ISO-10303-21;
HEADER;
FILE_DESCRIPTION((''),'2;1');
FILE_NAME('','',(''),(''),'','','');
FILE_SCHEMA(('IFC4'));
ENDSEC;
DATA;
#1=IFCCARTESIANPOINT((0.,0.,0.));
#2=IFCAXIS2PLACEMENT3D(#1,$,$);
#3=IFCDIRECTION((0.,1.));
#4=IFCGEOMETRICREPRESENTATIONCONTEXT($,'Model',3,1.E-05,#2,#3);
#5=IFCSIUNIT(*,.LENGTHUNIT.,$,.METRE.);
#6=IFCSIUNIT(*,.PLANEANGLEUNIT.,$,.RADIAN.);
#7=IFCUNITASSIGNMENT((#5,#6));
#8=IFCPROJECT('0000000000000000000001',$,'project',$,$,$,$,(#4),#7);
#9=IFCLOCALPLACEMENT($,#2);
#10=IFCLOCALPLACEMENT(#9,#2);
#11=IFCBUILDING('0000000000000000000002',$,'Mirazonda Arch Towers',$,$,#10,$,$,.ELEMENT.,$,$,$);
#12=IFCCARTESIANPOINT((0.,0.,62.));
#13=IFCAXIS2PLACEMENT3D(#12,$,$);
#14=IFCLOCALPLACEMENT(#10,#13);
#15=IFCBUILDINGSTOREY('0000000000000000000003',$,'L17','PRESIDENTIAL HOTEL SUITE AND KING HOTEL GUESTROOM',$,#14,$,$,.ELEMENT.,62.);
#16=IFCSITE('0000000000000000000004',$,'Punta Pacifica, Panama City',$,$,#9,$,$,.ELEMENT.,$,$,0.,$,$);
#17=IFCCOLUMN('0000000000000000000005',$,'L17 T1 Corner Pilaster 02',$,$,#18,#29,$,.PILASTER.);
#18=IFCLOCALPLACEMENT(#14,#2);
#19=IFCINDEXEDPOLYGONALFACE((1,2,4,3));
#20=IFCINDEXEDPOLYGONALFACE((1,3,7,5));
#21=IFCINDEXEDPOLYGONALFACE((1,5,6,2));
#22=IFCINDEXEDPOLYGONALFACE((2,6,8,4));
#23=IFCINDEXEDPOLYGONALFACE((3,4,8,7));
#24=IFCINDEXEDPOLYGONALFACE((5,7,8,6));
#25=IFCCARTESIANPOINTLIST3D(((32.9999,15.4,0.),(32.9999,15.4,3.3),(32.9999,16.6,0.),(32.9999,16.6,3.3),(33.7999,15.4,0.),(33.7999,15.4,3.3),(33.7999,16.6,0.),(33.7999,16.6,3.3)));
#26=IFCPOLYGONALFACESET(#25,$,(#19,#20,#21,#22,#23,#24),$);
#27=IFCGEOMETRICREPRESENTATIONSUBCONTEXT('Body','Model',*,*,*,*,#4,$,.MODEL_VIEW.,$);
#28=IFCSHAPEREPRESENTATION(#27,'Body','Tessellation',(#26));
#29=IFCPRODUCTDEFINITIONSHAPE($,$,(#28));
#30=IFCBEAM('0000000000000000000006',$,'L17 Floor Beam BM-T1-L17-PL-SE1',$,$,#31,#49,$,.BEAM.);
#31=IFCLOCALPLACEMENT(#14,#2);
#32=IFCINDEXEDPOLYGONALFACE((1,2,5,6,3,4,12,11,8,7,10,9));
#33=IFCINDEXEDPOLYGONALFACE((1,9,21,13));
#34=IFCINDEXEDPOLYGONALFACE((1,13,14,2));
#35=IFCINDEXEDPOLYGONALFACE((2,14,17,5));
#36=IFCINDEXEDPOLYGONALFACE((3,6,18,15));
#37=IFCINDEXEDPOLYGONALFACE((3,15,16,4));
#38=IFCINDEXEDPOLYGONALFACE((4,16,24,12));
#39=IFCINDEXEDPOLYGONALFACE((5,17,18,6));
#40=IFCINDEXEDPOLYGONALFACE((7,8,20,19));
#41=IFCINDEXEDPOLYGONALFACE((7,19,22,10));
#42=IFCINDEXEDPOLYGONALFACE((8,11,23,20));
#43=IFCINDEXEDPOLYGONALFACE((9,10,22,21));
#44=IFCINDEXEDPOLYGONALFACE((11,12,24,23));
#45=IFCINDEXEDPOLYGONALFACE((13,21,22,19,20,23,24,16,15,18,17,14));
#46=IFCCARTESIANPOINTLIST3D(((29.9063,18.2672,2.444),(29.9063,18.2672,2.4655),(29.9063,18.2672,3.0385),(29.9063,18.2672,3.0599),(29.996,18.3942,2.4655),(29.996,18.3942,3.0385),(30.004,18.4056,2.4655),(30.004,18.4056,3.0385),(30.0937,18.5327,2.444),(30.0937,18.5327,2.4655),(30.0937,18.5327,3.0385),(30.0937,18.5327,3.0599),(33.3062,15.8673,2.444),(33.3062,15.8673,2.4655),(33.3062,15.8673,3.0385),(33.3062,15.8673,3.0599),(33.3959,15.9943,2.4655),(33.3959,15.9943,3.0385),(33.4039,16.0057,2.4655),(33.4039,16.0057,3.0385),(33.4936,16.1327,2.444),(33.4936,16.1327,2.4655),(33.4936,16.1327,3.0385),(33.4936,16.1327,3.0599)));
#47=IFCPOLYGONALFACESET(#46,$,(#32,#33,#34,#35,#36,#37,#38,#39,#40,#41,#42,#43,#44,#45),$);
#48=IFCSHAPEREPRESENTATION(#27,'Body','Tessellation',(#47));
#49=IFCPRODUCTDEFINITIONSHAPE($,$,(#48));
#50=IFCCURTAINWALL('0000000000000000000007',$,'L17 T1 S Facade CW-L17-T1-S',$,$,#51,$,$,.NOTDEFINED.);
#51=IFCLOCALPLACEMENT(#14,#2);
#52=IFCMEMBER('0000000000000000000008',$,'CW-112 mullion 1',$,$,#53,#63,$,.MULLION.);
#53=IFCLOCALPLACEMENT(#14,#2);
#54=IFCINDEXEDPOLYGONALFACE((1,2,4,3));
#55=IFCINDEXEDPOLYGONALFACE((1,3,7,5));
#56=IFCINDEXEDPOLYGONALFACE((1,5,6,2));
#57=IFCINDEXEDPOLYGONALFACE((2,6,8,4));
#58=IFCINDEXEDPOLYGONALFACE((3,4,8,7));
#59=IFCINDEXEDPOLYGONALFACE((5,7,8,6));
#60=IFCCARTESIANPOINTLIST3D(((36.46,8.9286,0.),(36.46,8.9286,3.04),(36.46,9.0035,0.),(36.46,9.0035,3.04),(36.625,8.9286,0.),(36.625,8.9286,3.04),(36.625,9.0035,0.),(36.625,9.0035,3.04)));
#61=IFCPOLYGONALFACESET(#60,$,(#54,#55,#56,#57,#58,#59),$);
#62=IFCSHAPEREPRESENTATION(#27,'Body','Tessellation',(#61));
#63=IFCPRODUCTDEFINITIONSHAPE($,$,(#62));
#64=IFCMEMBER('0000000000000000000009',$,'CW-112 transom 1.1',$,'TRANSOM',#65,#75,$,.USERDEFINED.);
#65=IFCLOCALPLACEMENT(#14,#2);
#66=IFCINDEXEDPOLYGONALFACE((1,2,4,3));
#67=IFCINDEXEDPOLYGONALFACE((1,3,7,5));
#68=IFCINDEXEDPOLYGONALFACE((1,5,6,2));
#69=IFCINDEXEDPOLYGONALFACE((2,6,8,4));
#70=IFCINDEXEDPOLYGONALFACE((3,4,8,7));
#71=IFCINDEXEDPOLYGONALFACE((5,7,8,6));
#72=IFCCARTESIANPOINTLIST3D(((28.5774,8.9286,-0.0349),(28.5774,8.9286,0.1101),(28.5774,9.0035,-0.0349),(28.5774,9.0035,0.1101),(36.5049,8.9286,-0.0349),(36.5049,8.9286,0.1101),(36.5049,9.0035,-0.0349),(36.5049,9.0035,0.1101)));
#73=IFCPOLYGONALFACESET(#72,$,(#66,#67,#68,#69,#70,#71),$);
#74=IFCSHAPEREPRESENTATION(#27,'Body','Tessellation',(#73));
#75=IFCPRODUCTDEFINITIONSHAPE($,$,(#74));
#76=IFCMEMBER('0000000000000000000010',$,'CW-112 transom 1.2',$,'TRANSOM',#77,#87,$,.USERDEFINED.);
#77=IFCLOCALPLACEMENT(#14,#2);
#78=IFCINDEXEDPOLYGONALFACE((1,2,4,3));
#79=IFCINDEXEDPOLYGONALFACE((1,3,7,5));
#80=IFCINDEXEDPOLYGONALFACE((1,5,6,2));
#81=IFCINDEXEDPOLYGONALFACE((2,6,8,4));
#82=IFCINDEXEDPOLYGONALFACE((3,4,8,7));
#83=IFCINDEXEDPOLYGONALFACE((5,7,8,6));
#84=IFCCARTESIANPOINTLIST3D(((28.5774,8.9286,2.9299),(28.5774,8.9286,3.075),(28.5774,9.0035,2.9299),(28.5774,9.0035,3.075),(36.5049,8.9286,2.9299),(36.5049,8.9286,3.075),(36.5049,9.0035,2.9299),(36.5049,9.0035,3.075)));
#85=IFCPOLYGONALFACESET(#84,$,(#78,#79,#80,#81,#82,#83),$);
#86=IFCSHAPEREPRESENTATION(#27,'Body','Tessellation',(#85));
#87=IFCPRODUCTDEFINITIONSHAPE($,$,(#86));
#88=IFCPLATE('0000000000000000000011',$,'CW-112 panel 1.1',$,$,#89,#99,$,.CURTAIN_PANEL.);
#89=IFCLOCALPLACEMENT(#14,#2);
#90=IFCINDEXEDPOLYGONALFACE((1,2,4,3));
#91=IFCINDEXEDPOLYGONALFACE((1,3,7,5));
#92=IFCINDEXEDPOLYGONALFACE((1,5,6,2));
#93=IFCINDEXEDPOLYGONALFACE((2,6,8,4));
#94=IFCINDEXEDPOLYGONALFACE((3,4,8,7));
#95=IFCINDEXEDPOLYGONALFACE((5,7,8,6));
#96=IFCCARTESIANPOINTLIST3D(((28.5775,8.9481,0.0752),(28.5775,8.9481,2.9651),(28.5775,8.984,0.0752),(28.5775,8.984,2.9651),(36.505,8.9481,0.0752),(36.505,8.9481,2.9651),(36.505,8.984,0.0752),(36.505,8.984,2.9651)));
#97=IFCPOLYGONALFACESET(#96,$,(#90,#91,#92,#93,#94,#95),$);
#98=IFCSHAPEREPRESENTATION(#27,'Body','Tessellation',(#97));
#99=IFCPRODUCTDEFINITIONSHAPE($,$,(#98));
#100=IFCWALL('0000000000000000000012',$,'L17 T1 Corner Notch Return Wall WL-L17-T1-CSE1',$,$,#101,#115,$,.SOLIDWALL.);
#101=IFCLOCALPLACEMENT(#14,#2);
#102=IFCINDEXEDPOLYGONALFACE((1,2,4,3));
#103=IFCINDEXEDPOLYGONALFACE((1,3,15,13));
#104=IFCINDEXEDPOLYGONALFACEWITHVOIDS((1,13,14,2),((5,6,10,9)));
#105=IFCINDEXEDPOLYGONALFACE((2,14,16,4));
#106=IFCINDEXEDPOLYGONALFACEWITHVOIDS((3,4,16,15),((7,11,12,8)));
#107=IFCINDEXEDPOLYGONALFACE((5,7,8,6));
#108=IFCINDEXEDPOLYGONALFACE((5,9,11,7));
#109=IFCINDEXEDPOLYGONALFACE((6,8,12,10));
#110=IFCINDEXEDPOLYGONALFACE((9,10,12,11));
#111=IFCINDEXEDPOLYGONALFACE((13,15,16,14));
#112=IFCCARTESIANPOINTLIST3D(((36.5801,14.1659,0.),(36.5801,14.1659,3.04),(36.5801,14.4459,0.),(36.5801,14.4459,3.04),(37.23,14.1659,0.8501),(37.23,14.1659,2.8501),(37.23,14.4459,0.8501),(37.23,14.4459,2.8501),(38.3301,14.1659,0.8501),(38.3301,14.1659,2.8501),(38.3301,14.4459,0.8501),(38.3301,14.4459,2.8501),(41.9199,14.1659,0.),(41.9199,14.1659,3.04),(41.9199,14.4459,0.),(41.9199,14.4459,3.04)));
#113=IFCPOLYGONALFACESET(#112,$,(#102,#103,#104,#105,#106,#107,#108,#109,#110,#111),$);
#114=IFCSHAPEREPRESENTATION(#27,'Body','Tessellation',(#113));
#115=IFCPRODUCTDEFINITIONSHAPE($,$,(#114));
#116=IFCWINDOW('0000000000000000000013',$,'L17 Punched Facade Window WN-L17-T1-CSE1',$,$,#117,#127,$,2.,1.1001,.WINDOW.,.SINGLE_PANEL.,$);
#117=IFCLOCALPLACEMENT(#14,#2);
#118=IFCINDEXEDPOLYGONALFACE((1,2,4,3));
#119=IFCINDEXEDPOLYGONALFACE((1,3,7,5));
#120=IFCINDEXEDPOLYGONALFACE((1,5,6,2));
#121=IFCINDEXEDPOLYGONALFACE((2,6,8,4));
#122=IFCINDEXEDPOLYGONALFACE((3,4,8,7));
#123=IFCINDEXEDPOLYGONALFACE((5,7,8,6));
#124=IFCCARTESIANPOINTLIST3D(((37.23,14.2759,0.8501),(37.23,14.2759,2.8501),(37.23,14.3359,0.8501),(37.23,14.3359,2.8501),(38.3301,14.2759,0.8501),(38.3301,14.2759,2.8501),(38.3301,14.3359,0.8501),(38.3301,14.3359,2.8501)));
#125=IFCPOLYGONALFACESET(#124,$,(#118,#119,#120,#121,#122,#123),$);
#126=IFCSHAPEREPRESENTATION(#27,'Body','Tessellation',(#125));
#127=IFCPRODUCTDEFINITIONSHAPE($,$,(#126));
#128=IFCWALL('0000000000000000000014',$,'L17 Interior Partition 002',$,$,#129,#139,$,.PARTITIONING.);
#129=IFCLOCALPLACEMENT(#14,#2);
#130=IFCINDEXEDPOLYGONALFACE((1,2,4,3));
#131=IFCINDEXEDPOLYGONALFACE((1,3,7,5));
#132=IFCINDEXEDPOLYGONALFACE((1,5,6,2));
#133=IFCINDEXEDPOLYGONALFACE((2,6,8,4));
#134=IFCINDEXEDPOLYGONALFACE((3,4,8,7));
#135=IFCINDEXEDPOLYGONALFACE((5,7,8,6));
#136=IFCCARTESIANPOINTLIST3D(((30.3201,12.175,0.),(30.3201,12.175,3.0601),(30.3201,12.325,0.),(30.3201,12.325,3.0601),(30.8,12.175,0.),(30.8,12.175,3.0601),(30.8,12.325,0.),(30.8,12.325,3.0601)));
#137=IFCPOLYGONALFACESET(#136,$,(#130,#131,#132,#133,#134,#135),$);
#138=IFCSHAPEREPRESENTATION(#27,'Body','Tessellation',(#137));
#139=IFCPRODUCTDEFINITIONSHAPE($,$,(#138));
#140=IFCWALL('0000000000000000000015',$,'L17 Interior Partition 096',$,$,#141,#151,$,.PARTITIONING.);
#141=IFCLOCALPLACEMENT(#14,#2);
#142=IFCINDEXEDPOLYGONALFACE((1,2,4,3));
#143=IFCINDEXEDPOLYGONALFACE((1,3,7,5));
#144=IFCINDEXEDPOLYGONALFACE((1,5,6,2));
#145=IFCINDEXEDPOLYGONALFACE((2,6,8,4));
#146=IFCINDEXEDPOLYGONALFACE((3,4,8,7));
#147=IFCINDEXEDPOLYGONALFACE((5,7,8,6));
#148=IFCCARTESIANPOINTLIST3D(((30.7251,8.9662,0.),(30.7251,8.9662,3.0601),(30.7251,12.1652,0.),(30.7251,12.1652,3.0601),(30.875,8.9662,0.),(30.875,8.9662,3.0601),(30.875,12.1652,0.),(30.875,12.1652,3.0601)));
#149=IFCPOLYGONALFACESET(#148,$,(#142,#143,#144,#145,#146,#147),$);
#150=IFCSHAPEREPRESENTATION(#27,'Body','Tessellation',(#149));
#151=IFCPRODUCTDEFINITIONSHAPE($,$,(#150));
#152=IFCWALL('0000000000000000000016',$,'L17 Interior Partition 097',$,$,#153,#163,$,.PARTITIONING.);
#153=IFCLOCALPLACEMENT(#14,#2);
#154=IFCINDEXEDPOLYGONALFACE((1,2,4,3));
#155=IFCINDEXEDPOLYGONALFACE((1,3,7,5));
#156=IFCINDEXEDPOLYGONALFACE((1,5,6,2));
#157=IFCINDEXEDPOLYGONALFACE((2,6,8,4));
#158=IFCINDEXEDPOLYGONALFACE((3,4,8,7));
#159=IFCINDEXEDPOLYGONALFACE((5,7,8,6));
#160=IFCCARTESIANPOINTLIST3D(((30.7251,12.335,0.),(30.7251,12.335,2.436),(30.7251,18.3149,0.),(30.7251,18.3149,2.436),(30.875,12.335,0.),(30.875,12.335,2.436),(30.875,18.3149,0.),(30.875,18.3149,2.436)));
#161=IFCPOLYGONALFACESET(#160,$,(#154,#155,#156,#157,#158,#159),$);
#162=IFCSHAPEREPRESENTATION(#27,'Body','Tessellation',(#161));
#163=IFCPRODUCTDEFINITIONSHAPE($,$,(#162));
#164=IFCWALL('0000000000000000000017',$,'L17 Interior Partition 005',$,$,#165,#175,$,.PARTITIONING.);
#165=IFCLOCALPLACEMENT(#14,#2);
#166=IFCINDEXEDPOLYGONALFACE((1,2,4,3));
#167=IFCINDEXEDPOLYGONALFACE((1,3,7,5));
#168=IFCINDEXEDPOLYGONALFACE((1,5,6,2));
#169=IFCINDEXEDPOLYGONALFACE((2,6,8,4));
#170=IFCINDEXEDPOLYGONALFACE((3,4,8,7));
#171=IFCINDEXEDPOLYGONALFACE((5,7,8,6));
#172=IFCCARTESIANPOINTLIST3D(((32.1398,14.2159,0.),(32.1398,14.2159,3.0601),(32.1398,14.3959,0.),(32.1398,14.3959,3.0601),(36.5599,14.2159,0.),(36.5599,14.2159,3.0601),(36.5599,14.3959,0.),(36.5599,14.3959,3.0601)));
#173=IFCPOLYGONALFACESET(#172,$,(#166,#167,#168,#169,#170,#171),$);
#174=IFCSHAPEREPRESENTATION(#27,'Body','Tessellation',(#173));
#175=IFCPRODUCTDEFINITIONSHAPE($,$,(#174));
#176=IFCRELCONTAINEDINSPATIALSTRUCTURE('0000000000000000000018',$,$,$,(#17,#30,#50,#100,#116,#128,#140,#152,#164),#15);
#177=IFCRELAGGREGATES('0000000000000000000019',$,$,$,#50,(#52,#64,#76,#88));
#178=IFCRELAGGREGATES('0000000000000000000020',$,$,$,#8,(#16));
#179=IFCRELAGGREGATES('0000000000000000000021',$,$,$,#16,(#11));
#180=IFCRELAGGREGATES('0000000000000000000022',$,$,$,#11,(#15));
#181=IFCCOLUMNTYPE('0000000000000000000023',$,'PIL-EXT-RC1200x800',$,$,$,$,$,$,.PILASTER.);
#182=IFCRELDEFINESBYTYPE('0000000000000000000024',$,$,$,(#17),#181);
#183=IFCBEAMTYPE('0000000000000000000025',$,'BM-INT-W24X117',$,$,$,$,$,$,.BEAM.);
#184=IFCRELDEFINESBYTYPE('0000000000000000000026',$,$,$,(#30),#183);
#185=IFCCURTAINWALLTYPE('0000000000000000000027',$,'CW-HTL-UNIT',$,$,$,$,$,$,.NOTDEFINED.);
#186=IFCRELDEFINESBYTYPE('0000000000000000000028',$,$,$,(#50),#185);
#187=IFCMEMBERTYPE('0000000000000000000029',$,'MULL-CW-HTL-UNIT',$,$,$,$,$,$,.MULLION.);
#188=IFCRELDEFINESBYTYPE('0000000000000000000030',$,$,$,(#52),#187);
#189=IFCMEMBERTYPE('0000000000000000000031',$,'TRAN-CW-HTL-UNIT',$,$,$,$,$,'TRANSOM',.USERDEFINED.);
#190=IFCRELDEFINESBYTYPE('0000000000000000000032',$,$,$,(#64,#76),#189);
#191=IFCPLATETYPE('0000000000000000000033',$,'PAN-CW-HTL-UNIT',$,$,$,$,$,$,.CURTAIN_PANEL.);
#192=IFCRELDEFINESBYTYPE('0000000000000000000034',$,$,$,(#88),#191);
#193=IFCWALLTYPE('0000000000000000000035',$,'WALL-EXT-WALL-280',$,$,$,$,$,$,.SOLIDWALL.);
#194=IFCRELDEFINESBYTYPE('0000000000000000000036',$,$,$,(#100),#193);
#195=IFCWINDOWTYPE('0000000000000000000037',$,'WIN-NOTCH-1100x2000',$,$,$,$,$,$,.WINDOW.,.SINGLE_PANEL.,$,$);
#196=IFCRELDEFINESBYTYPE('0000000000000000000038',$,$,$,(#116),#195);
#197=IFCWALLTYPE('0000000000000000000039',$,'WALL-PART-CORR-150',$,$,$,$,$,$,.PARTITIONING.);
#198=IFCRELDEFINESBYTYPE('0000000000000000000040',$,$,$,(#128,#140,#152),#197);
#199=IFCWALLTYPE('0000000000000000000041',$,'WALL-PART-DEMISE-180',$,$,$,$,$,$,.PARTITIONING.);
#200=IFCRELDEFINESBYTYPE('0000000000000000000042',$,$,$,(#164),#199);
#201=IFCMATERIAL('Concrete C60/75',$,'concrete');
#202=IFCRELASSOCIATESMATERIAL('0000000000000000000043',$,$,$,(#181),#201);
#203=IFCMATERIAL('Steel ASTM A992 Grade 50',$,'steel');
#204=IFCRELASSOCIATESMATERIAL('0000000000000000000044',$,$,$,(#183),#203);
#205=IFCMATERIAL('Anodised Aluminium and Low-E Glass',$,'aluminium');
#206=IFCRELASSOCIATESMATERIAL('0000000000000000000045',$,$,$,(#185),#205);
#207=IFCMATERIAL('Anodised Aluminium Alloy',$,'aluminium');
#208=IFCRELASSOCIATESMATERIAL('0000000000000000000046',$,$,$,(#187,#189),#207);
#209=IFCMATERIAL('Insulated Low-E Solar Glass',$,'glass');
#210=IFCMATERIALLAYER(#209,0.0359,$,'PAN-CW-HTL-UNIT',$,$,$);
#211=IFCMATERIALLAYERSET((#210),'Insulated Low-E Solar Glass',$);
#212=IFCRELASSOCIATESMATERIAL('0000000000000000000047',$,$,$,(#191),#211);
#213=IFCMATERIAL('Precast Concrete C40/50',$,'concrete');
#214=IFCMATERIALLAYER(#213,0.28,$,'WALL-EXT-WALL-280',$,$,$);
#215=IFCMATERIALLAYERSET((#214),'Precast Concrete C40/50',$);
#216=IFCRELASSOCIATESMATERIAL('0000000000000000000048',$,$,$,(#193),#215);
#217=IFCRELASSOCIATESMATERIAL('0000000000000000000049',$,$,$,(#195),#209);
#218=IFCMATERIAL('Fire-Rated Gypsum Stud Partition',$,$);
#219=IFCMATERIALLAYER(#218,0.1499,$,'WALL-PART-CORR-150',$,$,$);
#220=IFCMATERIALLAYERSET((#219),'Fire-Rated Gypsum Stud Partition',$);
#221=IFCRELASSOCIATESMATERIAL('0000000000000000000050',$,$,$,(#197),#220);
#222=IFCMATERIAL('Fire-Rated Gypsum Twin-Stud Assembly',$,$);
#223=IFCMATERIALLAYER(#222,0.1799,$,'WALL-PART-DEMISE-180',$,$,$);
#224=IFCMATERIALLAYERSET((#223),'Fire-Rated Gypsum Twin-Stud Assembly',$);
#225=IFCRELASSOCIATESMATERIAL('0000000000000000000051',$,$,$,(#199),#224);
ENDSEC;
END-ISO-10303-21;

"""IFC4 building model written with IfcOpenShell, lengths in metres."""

from ifc_helpers import new_model, si_unit, direction, frame, frame_2d, origin, origin_2d, place, context, subcontext, project, spatial, rectangle, i_section, extrude, material, layer, layer_set, material_profile, profile_set, type_object, element, fill, aggregate, save


model = new_model("IFC4")

# Units and contexts
model_context = context("Model", 3, precision=1e-05, world=origin(), true_north=direction((0.0, 1.0)))
body_context = subcontext(model_context, "Body", "Model", "MODEL_VIEW")
ifc_project = project(units=[si_unit("LENGTHUNIT", "METRE"), si_unit("PLANEANGLEUNIT", "RADIAN")], contexts=[model_context])

# Site, building, storey
site_placement = place(None, origin())
site = spatial("IfcSite", under=ifc_project, at=site_placement, Name="Punta Pacifica, Panama City", CompositionType="ELEMENT", RefElevation=0.0)
building_placement = place(site_placement, origin())
building = spatial("IfcBuilding", under=site, at=building_placement, Name="Mirazonda Arch Towers", CompositionType="ELEMENT")
storey_placement = place(building_placement, frame((0.0, 0.0, 62.0)))
storey = spatial("IfcBuildingStorey", under=building, at=storey_placement, Name="L17", Description="PRESIDENTIAL HOTEL SUITE AND KING HOTEL GUESTROOM", CompositionType="ELEMENT", Elevation=62.0)

# Column
ifc_material_1 = material(Name="Concrete C60/75", Category="concrete")
ifc_material_profile_1 = material_profile(ifc_material_1, rectangle(XDim=0.8, YDim=1.2, at=origin_2d()), Name="RC1200x800")
ifc_profile_set_1 = profile_set([ifc_material_profile_1], Name="Concrete C60/75")
column_type = type_object("IfcColumnType", Name="PIL-EXT-RC1200x800", PredefinedType="PILASTER", material=ifc_profile_set_1)
column_placement = place(storey_placement, frame((33.3999, 16.0, 0.0), z_axis=(0.0, 0.0, 1.0), x_axis=(1.0, 0.0, 0.0)))
element("IfcColumn", 1, at=column_placement, inside=storey, type_object=column_type, Name="L17 T1 Corner Pilaster 02", PredefinedType="PILASTER", context=body_context, shape_type="SweptSolid", body=[
    extrude(rectangle(XDim=0.8, YDim=1.2, at=origin_2d()), origin(), (0.0, 0.0, 1.0), 3.3),
])

# Beam
ifc_material_2 = material(Name="Steel ASTM A992 Grade 50", Category="steel")
ifc_material_profile_2 = material_profile(ifc_material_2, i_section(OverallWidth=0.325, OverallDepth=0.616, WebThickness=0.0139, FlangeThickness=0.0215, at=origin_2d()), Name="W24X117")
ifc_profile_set_2 = profile_set([ifc_material_profile_2], Name="Steel ASTM A992 Grade 50")
beam_type = type_object("IfcBeamType", Name="BM-INT-W24X117", PredefinedType="BEAM", material=ifc_profile_set_2)
beam_placement = place(storey_placement, frame((33.3999, 16.0, 2.752), z_axis=(-0.816971, 0.576679, 0.0), x_axis=(-0.576679, -0.816971, 0.0)))
element("IfcBeam", 2, at=beam_placement, inside=storey, type_object=beam_type, Name="L17 Floor Beam BM-T1-L17-PL-SE1", PredefinedType="BEAM", context=body_context, shape_type="SweptSolid", body=[
    extrude(i_section(OverallWidth=0.325, OverallDepth=0.616, WebThickness=0.0139, FlangeThickness=0.0215, at=origin_2d()), origin(), (0.0, 0.0, 1.0), 4.1616),
])

# Curtain wall, members, plate
ifc_material_3 = material(Name="Anodised Aluminium and Low-E Glass", Category="aluminium")
curtain_wall_type = type_object("IfcCurtainWallType", Name="CW-HTL-UNIT", PredefinedType="NOTDEFINED", material=ifc_material_3)
curtain_wall_placement = place(storey_placement, origin())
curtain_wall = element("IfcCurtainWall", 3, at=curtain_wall_placement, inside=storey, type_object=curtain_wall_type, Name="L17 T1 S Facade CW-L17-T1-S", PredefinedType="NOTDEFINED")
ifc_material_4 = material(Name="Anodised Aluminium Alloy", Category="aluminium")
ifc_material_profile_3 = material_profile(ifc_material_4, rectangle(XDim=0.075, YDim=0.165, at=origin_2d()), Name="ALU-MULL-75x165")
ifc_profile_set_3 = profile_set([ifc_material_profile_3], Name="Anodised Aluminium Alloy")
member_type_1 = type_object("IfcMemberType", Name="MULL-CW-HTL-UNIT", PredefinedType="MULLION", material=ifc_profile_set_3)
member_1_placement = place(storey_placement, frame((36.5425, 8.9661, 0.0), z_axis=(0.0, 0.0, 1.0), x_axis=(0.0, -1.0, 0.0)))
member_1 = element("IfcMember", 4, at=member_1_placement, type_object=member_type_1, Name="CW-112 mullion 1", PredefinedType="MULLION", context=body_context, shape_type="SweptSolid", body=[
    extrude(rectangle(XDim=0.075, YDim=0.165, at=origin_2d()), origin(), (0.0, 0.0, 1.0), 3.04),
])
ifc_material_profile_4 = material_profile(ifc_material_4, rectangle(XDim=0.075, YDim=0.145, at=origin_2d()), Name="ALU-TRAN-75x145")
ifc_profile_set_4 = profile_set([ifc_material_profile_4], Name="Anodised Aluminium Alloy")
member_type_2 = type_object("IfcMemberType", Name="TRAN-CW-HTL-UNIT", ElementType="TRANSOM", PredefinedType="USERDEFINED", material=ifc_profile_set_4)
member_2_placement = place(storey_placement, frame((36.5049, 8.9661, 0.0376), z_axis=(-1.0, 0.0, 0.0), x_axis=(0.0, -1.0, 0.0)))
member_2 = element("IfcMember", 5, at=member_2_placement, type_object=member_type_2, Name="CW-112 transom 1.1", ObjectType="TRANSOM", PredefinedType="USERDEFINED", context=body_context, shape_type="SweptSolid", body=[
    extrude(rectangle(XDim=0.075, YDim=0.145, at=origin_2d()), origin(), (0.0, 0.0, 1.0), 7.9275),
])
member_3_placement = place(storey_placement, frame((36.5049, 8.9661, 3.0024), z_axis=(-1.0, 0.0, 0.0), x_axis=(0.0, -1.0, 0.0)))
member_3 = element("IfcMember", 6, at=member_3_placement, type_object=member_type_2, Name="CW-112 transom 1.2", ObjectType="TRANSOM", PredefinedType="USERDEFINED", context=body_context, shape_type="SweptSolid", body=[
    extrude(rectangle(XDim=0.075, YDim=0.145, at=origin_2d()), origin(), (0.0, 0.0, 1.0), 7.9275),
])
ifc_material_5 = material(Name="Insulated Low-E Solar Glass", Category="glass")
ifc_layer_1 = layer(ifc_material_5, 0.0359, Name="PAN-CW-HTL-UNIT")
ifc_layer_set_1 = layer_set([ifc_layer_1], Name="Insulated Low-E Solar Glass")
plate_type = type_object("IfcPlateType", Name="PAN-CW-HTL-UNIT", PredefinedType="CURTAIN_PANEL", material=ifc_layer_set_1)
plate_placement = place(storey_placement, frame((32.5413, 8.9661, 0.0752), z_axis=(0.0, 0.0, 1.0), x_axis=(-1.0, 0.0, 0.0)))
plate = element("IfcPlate", 7, at=plate_placement, type_object=plate_type, Name="CW-112 panel 1.1", PredefinedType="CURTAIN_PANEL", context=body_context, shape_type="SweptSolid", body=[
    extrude(rectangle(XDim=7.9275, YDim=0.0359, at=origin_2d()), origin(), (0.0, 0.0, 1.0), 2.8899),
])
aggregate(curtain_wall, [member_1, member_2, member_3, plate])

# Wall, opening, window
ifc_material_6 = material(Name="Precast Concrete C40/50", Category="concrete")
ifc_layer_2 = layer(ifc_material_6, 0.28, Name="WALL-EXT-WALL-280")
ifc_layer_set_2 = layer_set([ifc_layer_2], Name="Precast Concrete C40/50")
wall_type_1 = type_object("IfcWallType", Name="WALL-EXT-WALL-280", PredefinedType="SOLIDWALL", material=ifc_layer_set_2)
wall_1_placement = place(storey_placement, frame((36.5801, 14.3059, 0.0), z_axis=(0.0, 0.0, 1.0), x_axis=(1.0, 0.0, 0.0)))
wall_1 = element("IfcWall", 8, at=wall_1_placement, inside=storey, type_object=wall_type_1, Name="L17 T1 Corner Notch Return Wall WL-L17-T1-CSE1", PredefinedType="SOLIDWALL", context=body_context, shape_type="SweptSolid", body=[
    extrude(rectangle(XDim=5.3398, YDim=0.28, at=frame_2d((2.6699, 0.0))), origin(), (0.0, 0.0, 1.0), 3.04),
])
opening_1_placement = place(wall_1_placement, frame((0.6499, 0.0, 0.8501)))
opening_1 = element("IfcOpeningElement", 9, at=opening_1_placement, cuts=wall_1, PredefinedType="OPENING", context=body_context, shape_type="SweptSolid", body=[
    extrude(rectangle(XDim=1.1001, YDim=2.0, at=frame_2d((0.55, 1.0))), frame((0.0, 0.1499, 0.0), z_axis=(0.0, -1.0, 0.0), x_axis=(1.0, 0.0, 0.0)), (0.0, 0.0, 1.0), 0.3),
])
window_type = type_object("IfcWindowType", Name="WIN-NOTCH-1100x2000", PartitioningType="SINGLE_PANEL", PredefinedType="WINDOW", material=ifc_material_5)
window_placement = place(opening_1_placement, origin())
window = element("IfcWindow", 10, at=window_placement, inside=storey, type_object=window_type, Name="L17 Punched Facade Window WN-L17-T1-CSE1", OverallHeight=2.0, OverallWidth=1.1001, PartitioningType="SINGLE_PANEL", PredefinedType="WINDOW", context=body_context, shape_type="SweptSolid", body=[
    extrude(rectangle(XDim=1.1001, YDim=2.0, at=frame_2d((0.55, 1.0))), frame((0.0, 0.03, 0.0), z_axis=(0.0, -1.0, 0.0), x_axis=(1.0, 0.0, 0.0)), (0.0, 0.0, 1.0), 0.0601),
])
fill(opening_1, window)

# Walls
ifc_material_7 = material(Name="Fire-Rated Gypsum Stud Partition")
ifc_layer_3 = layer(ifc_material_7, 0.1499, Name="WALL-PART-CORR-150")
ifc_layer_set_3 = layer_set([ifc_layer_3], Name="Fire-Rated Gypsum Stud Partition")
wall_type_2 = type_object("IfcWallType", Name="WALL-PART-CORR-150", PredefinedType="PARTITIONING", material=ifc_layer_set_3)
wall_2_placement = place(storey_placement, frame((30.3201, 12.25, 0.0), z_axis=(0.0, 0.0, 1.0), x_axis=(1.0, 0.0, 0.0)))
element("IfcWall", 11, at=wall_2_placement, inside=storey, type_object=wall_type_2, Name="L17 Interior Partition 002", PredefinedType="PARTITIONING", context=body_context, shape_type="SweptSolid", body=[
    extrude(rectangle(XDim=0.48, YDim=0.1499, at=frame_2d((0.24, 0.0))), origin(), (0.0, 0.0, 1.0), 3.0601),
])
wall_3_placement = place(storey_placement, frame((30.8, 8.9661, 0.0), z_axis=(0.0, 0.0, 1.0), x_axis=(0.0, 1.0, 0.0)))
element("IfcWall", 12, at=wall_3_placement, inside=storey, type_object=wall_type_2, Name="L17 Interior Partition 096", PredefinedType="PARTITIONING", context=body_context, shape_type="SweptSolid", body=[
    extrude(rectangle(XDim=3.199, YDim=0.1499, at=frame_2d((1.5996, 0.0))), origin(), (0.0, 0.0, 1.0), 3.0601),
])
wall_4_placement = place(storey_placement, frame((30.8, 12.335, 0.0), z_axis=(0.0, 0.0, 1.0), x_axis=(0.0, 1.0, 0.0)))
element("IfcWall", 13, at=wall_4_placement, inside=storey, type_object=wall_type_2, Name="L17 Interior Partition 097", PredefinedType="PARTITIONING", context=body_context, shape_type="SweptSolid", body=[
    extrude(rectangle(XDim=5.98, YDim=0.1499, at=frame_2d((2.99, 0.0))), origin(), (0.0, 0.0, 1.0), 2.436),
])
ifc_material_8 = material(Name="Fire-Rated Gypsum Twin-Stud Assembly")
ifc_layer_4 = layer(ifc_material_8, 0.1799, Name="WALL-PART-DEMISE-180")
ifc_layer_set_4 = layer_set([ifc_layer_4], Name="Fire-Rated Gypsum Twin-Stud Assembly")
wall_type_3 = type_object("IfcWallType", Name="WALL-PART-DEMISE-180", PredefinedType="PARTITIONING", material=ifc_layer_set_4)
wall_5_placement = place(storey_placement, frame((32.1399, 14.3059, 0.0), z_axis=(0.0, 0.0, 1.0), x_axis=(1.0, 0.0, 0.0)))
element("IfcWall", 14, at=wall_5_placement, inside=storey, type_object=wall_type_3, Name="L17 Interior Partition 005", PredefinedType="PARTITIONING", context=body_context, shape_type="SweptSolid", body=[
    extrude(rectangle(XDim=4.4202, YDim=0.1799, at=frame_2d((2.21, 0.0))), origin(), (0.0, 0.0, 1.0), 3.0601),
])

save(model, "model.ifc")
